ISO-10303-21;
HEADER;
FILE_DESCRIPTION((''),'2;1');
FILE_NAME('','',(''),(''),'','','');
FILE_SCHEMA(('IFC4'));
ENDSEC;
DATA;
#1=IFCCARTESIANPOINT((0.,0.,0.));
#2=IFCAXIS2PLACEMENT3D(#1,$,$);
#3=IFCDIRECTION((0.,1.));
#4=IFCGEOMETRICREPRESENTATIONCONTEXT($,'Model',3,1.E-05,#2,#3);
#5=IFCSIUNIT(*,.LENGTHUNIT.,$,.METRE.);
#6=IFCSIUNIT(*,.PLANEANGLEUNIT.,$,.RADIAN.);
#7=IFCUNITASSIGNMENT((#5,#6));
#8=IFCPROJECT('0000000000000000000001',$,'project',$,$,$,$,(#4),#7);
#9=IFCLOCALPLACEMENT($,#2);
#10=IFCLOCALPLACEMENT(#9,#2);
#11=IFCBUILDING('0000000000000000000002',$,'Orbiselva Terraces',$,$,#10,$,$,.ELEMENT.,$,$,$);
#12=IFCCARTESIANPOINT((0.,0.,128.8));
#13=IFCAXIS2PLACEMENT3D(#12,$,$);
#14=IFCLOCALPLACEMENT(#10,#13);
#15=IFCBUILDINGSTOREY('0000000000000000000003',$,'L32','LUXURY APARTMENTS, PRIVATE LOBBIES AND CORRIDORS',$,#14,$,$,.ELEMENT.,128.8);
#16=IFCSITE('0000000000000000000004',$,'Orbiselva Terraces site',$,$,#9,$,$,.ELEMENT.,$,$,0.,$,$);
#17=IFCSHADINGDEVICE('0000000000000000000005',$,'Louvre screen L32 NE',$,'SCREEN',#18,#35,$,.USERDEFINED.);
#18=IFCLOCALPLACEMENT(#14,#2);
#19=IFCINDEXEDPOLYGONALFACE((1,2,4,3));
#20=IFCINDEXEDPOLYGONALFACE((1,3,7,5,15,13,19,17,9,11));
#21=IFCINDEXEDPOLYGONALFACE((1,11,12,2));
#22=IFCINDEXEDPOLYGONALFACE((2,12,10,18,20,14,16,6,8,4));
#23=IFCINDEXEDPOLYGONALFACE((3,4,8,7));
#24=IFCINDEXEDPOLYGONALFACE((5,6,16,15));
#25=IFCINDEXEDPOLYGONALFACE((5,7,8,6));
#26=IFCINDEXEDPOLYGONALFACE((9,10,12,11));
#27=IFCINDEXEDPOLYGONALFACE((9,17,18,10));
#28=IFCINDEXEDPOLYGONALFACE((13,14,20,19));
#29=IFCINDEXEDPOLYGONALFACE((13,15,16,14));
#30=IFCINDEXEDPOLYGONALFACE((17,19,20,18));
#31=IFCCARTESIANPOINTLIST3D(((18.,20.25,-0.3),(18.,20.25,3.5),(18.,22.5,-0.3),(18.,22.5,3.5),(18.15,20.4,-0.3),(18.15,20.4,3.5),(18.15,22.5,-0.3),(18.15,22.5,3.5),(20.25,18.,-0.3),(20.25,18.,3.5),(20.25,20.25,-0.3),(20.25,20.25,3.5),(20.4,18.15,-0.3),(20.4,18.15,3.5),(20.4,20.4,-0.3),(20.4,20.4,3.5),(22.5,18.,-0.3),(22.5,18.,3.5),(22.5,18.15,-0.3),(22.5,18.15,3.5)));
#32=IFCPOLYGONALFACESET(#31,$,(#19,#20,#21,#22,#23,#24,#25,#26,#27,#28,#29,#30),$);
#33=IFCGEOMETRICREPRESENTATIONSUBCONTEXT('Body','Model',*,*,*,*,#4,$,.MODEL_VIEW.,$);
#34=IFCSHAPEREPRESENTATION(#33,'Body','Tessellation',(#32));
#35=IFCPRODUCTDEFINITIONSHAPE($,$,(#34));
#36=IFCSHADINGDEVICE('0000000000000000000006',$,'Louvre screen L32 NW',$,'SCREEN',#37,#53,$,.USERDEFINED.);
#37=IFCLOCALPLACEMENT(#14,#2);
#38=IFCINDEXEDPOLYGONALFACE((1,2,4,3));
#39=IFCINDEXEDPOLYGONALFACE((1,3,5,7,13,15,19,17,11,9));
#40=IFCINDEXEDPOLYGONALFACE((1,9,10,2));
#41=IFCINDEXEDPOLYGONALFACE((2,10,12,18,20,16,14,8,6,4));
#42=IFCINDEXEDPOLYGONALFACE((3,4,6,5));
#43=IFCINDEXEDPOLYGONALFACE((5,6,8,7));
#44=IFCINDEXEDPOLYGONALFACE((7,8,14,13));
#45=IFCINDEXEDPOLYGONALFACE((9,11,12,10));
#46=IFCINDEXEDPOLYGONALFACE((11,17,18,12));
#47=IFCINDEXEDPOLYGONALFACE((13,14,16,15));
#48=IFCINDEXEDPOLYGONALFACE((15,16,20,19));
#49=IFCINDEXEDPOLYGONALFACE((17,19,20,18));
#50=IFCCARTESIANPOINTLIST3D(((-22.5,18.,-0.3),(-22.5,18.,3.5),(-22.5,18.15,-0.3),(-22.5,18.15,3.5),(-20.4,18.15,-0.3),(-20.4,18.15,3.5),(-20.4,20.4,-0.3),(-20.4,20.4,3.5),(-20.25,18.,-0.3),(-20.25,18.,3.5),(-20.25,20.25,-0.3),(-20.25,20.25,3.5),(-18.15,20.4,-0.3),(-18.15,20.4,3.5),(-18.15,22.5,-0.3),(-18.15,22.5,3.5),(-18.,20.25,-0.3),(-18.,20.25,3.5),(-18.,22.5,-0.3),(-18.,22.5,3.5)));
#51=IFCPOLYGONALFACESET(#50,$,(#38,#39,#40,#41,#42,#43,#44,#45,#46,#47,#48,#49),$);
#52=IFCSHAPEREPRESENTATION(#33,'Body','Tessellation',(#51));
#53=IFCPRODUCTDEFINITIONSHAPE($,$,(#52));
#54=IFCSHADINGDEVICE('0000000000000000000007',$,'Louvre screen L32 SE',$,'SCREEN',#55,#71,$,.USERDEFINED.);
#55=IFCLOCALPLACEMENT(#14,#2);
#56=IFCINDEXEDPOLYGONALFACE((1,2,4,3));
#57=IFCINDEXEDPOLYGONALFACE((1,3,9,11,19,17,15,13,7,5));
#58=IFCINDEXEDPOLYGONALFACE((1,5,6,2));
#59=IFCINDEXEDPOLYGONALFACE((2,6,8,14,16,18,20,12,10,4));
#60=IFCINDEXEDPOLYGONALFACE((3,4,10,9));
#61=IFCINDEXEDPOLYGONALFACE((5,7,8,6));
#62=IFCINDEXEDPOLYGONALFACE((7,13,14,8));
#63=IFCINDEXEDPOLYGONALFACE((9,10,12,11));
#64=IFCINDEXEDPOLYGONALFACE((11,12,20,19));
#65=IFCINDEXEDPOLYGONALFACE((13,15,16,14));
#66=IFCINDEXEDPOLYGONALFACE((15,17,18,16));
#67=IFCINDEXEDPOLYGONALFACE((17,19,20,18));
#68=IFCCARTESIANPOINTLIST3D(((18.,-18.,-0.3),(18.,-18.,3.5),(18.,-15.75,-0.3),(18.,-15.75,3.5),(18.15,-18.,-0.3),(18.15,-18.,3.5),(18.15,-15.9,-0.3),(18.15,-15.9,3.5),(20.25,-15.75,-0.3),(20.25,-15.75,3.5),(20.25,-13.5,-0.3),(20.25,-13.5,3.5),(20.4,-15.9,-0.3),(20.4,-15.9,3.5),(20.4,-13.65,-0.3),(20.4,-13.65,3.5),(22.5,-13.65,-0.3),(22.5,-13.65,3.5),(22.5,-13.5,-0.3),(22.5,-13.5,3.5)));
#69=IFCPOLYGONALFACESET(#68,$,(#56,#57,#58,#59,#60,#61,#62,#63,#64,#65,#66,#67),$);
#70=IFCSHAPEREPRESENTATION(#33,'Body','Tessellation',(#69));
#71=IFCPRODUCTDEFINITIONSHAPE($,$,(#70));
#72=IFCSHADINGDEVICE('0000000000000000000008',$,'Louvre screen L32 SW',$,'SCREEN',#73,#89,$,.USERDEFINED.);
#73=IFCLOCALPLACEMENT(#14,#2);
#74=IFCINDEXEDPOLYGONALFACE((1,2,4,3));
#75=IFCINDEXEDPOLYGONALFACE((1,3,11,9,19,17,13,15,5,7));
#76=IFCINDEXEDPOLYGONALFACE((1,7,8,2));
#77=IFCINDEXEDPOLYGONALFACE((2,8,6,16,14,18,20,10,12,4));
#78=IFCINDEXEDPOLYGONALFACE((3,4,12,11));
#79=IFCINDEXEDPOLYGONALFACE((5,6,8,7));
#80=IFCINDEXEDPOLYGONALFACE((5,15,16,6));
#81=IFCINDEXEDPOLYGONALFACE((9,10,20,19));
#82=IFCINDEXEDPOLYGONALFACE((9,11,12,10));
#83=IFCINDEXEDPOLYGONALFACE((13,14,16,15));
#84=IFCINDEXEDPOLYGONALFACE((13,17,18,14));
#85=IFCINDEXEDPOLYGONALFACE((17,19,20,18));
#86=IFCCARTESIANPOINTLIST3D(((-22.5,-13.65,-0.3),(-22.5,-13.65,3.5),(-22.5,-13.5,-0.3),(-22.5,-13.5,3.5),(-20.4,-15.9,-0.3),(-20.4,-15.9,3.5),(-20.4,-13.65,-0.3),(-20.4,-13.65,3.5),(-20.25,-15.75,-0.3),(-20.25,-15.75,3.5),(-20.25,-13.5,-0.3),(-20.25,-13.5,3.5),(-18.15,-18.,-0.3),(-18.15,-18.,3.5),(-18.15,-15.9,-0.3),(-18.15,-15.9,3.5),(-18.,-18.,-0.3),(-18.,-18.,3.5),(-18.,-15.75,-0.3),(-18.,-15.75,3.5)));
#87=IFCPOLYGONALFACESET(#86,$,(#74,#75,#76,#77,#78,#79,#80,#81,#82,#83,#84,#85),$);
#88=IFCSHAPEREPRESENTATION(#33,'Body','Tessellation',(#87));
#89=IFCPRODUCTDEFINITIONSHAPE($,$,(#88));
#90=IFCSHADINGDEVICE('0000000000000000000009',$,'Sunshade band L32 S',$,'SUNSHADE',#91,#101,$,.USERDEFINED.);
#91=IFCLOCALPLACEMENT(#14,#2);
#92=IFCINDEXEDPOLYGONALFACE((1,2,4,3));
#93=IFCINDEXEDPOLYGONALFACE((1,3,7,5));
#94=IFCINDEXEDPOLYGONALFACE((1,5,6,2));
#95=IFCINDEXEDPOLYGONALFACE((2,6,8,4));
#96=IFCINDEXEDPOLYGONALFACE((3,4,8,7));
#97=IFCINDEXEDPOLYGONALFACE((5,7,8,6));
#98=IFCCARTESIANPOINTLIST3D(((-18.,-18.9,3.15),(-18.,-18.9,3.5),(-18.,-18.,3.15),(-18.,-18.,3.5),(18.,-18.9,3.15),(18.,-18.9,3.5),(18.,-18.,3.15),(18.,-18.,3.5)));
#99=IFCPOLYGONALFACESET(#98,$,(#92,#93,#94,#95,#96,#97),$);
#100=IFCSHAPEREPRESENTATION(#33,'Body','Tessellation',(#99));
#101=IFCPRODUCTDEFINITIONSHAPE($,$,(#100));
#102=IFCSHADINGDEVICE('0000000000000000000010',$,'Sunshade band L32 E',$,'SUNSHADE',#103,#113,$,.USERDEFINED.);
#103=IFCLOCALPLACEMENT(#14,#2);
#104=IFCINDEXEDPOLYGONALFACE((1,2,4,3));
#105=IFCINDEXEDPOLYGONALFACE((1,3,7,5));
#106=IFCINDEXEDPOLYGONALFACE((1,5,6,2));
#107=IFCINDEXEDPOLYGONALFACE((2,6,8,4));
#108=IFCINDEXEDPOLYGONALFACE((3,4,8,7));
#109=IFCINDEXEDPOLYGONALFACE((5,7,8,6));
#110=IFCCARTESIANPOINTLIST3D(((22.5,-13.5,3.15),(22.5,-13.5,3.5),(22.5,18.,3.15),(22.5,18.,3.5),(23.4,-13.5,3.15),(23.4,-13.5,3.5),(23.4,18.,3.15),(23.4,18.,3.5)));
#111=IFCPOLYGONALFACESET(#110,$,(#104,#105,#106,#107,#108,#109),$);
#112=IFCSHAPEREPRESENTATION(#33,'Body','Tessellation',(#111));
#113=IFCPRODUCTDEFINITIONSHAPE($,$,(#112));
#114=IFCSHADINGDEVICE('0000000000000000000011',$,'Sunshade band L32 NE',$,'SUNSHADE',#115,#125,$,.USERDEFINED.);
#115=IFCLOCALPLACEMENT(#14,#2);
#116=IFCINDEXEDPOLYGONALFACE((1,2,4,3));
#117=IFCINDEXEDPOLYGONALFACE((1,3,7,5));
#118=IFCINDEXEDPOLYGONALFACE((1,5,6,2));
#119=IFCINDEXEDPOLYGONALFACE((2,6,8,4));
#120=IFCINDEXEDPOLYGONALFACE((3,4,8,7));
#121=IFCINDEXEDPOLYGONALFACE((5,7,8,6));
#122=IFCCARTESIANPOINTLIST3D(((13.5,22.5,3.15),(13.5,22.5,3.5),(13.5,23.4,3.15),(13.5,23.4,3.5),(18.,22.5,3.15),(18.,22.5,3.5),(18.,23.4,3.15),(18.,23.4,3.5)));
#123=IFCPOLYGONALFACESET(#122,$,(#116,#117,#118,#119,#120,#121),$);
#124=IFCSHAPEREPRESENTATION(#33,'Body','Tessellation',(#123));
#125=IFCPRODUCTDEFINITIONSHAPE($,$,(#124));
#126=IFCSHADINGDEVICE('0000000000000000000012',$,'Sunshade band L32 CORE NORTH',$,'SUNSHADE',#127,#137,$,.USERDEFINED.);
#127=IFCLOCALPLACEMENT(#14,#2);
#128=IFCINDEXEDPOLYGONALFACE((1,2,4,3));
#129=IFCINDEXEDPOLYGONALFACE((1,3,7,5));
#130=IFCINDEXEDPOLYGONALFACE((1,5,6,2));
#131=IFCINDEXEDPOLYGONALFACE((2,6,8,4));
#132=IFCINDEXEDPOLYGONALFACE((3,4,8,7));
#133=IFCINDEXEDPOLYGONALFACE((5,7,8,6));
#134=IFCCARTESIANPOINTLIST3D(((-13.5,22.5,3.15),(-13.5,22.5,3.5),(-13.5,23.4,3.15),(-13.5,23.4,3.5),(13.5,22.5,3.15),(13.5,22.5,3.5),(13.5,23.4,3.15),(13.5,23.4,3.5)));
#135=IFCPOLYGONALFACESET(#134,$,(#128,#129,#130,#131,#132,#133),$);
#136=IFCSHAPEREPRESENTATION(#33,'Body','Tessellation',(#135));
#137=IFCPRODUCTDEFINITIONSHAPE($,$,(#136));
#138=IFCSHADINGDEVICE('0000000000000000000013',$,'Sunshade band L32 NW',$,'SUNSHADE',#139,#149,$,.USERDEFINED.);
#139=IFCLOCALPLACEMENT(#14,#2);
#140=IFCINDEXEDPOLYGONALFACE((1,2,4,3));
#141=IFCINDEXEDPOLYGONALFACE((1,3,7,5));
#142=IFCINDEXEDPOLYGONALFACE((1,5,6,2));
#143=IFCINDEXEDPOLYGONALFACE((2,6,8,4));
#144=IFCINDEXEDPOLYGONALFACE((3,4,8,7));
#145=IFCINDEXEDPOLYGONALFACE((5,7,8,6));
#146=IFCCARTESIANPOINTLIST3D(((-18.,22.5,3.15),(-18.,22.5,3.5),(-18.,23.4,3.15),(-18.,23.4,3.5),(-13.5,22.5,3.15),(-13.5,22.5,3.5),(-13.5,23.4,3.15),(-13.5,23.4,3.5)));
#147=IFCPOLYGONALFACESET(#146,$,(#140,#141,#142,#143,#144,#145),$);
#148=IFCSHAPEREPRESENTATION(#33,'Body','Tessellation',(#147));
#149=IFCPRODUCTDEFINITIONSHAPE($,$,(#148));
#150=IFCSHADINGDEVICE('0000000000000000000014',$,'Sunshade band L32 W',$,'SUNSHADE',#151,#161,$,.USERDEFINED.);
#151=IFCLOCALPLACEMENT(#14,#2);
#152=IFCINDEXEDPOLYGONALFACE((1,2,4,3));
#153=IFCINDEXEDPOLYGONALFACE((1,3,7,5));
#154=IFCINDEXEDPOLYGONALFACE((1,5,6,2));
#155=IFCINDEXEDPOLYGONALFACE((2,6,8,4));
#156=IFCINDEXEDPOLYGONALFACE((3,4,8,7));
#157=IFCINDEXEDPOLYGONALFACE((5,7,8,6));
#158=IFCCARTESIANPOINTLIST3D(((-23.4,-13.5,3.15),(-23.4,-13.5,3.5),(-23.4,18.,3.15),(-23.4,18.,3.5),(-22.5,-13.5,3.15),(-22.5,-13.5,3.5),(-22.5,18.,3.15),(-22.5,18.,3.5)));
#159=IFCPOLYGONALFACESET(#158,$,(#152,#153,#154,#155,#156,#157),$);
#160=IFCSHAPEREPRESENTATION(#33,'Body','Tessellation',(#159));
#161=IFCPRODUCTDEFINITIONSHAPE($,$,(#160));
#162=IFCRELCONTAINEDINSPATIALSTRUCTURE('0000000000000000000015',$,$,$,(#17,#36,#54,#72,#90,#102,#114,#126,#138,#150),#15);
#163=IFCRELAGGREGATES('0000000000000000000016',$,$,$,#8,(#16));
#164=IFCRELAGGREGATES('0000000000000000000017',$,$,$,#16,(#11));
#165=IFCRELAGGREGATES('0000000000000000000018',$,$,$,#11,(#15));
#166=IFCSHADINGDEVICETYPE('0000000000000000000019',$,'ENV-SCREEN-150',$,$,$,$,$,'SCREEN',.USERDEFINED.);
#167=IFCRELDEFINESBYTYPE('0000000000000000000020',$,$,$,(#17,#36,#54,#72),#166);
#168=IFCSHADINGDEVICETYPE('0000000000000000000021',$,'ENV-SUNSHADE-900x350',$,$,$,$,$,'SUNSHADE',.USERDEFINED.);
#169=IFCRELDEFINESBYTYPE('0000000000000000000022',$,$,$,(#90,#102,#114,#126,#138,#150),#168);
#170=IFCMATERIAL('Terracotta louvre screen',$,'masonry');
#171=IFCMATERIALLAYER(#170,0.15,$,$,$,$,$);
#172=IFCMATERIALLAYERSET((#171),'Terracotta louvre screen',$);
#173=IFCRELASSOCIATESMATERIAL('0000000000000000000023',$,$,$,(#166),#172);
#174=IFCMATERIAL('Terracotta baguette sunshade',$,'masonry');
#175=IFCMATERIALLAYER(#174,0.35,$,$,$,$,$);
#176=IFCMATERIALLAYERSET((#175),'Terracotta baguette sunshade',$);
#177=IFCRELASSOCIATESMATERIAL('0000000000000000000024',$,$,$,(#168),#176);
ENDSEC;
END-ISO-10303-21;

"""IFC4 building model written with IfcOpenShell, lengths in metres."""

from ifc_helpers import new_model, si_unit, direction, frame, origin, place, context, subcontext, project, spatial, polyline, outline, extrude, material, layer, layer_set, type_object, element, save


model = new_model("IFC4")

# Units and contexts
model_context = context("Model", 3, precision=1e-05, world=origin(), true_north=direction((0.0, 1.0)))
body_context = subcontext(model_context, "Body", "Model", "MODEL_VIEW")
ifc_project = project(units=[si_unit("LENGTHUNIT", "METRE"), si_unit("PLANEANGLEUNIT", "RADIAN")], contexts=[model_context])

# Site, building, storey
site_placement = place(None, origin())
site = spatial("IfcSite", under=ifc_project, at=site_placement, Name="Orbiselva Terraces site", CompositionType="ELEMENT", RefElevation=0.0)
building_placement = place(site_placement, origin())
building = spatial("IfcBuilding", under=site, at=building_placement, Name="Orbiselva Terraces", CompositionType="ELEMENT")
storey_placement = place(building_placement, frame((0.0, 0.0, 128.8)))
storey = spatial("IfcBuildingStorey", under=building, at=storey_placement, Name="L32", Description="LUXURY APARTMENTS, PRIVATE LOBBIES AND CORRIDORS", CompositionType="ELEMENT", Elevation=128.8)

# Shading devices
ifc_material_1 = material(Name="Terracotta louvre screen", Category="masonry")
ifc_layer_1 = layer(ifc_material_1, 0.15)
ifc_layer_set_1 = layer_set([ifc_layer_1], Name="Terracotta louvre screen")
shading_device_type_1 = type_object("IfcShadingDeviceType", Name="ENV-SCREEN-150", ElementType="SCREEN", PredefinedType="USERDEFINED", material=ifc_layer_set_1)
shading_device_1_placement = place(storey_placement, frame((0.0, 0.0, -0.3)))
element("IfcShadingDevice", 1, at=shading_device_1_placement, inside=storey, type_object=shading_device_type_1, Name="Louvre screen L32 NE", ObjectType="SCREEN", PredefinedType="USERDEFINED", context=body_context, shape_type="SweptSolid", body=[
    extrude(outline(polyline([(22.5, 18.15), (20.4, 18.15), (20.4, 20.4), (18.15, 20.4), (18.15, 22.5), (18.0, 22.5), (18.0, 20.25), (20.25, 20.25), (20.25, 18.0), (22.5, 18.0), (22.5, 18.15)])), origin(), (0.0, 0.0, 1.0), 3.8),
])
shading_device_2_placement = place(storey_placement, frame((0.0, 0.0, -0.3)))
element("IfcShadingDevice", 2, at=shading_device_2_placement, inside=storey, type_object=shading_device_type_1, Name="Louvre screen L32 NW", ObjectType="SCREEN", PredefinedType="USERDEFINED", context=body_context, shape_type="SweptSolid", body=[
    extrude(outline(polyline([(-18.15, 22.5), (-18.15, 20.4), (-20.4, 20.4), (-20.4, 18.15), (-22.5, 18.15), (-22.5, 18.0), (-20.25, 18.0), (-20.25, 20.25), (-18.0, 20.25), (-18.0, 22.5), (-18.15, 22.5)])), origin(), (0.0, 0.0, 1.0), 3.8),
])
shading_device_3_placement = place(storey_placement, frame((0.0, 0.0, -0.3)))
element("IfcShadingDevice", 3, at=shading_device_3_placement, inside=storey, type_object=shading_device_type_1, Name="Louvre screen L32 SE", ObjectType="SCREEN", PredefinedType="USERDEFINED", context=body_context, shape_type="SweptSolid", body=[
    extrude(outline(polyline([(18.15, -18.0), (18.15, -15.9), (20.4, -15.9), (20.4, -13.65), (22.5, -13.65), (22.5, -13.5), (20.25, -13.5), (20.25, -15.75), (18.0, -15.75), (18.0, -18.0), (18.15, -18.0)])), origin(), (0.0, 0.0, 1.0), 3.8),
])
shading_device_4_placement = place(storey_placement, frame((0.0, 0.0, -0.3)))
element("IfcShadingDevice", 4, at=shading_device_4_placement, inside=storey, type_object=shading_device_type_1, Name="Louvre screen L32 SW", ObjectType="SCREEN", PredefinedType="USERDEFINED", context=body_context, shape_type="SweptSolid", body=[
    extrude(outline(polyline([(-22.5, -13.65), (-20.4, -13.65), (-20.4, -15.9), (-18.15, -15.9), (-18.15, -18.0), (-18.0, -18.0), (-18.0, -15.75), (-20.25, -15.75), (-20.25, -13.5), (-22.5, -13.5), (-22.5, -13.65)])), origin(), (0.0, 0.0, 1.0), 3.8),
])
ifc_material_2 = material(Name="Terracotta baguette sunshade", Category="masonry")
ifc_layer_2 = layer(ifc_material_2, 0.35)
ifc_layer_set_2 = layer_set([ifc_layer_2], Name="Terracotta baguette sunshade")
shading_device_type_2 = type_object("IfcShadingDeviceType", Name="ENV-SUNSHADE-900x350", ElementType="SUNSHADE", PredefinedType="USERDEFINED", material=ifc_layer_set_2)
shading_device_5_placement = place(storey_placement, frame((0.0, 0.0, 3.15)))
element("IfcShadingDevice", 5, at=shading_device_5_placement, inside=storey, type_object=shading_device_type_2, Name="Sunshade band L32 S", ObjectType="SUNSHADE", PredefinedType="USERDEFINED", context=body_context, shape_type="SweptSolid", body=[
    extrude(outline(polyline([(-18.0, -18.9), (18.0, -18.9), (18.0, -18.0), (-18.0, -18.0), (-18.0, -18.9)])), origin(), (0.0, 0.0, 1.0), 0.35),
])
shading_device_6_placement = place(storey_placement, frame((0.0, 0.0, 3.15)))
element("IfcShadingDevice", 6, at=shading_device_6_placement, inside=storey, type_object=shading_device_type_2, Name="Sunshade band L32 E", ObjectType="SUNSHADE", PredefinedType="USERDEFINED", context=body_context, shape_type="SweptSolid", body=[
    extrude(outline(polyline([(23.4, -13.5), (23.4, 18.0), (22.5, 18.0), (22.5, -13.5), (23.4, -13.5)])), origin(), (0.0, 0.0, 1.0), 0.35),
])
shading_device_7_placement = place(storey_placement, frame((0.0, 0.0, 3.15)))
element("IfcShadingDevice", 7, at=shading_device_7_placement, inside=storey, type_object=shading_device_type_2, Name="Sunshade band L32 NE", ObjectType="SUNSHADE", PredefinedType="USERDEFINED", context=body_context, shape_type="SweptSolid", body=[
    extrude(outline(polyline([(18.0, 23.4), (13.5, 23.4), (13.5, 22.5), (18.0, 22.5), (18.0, 23.4)])), origin(), (0.0, 0.0, 1.0), 0.35),
])
shading_device_8_placement = place(storey_placement, frame((0.0, 0.0, 3.15)))
element("IfcShadingDevice", 8, at=shading_device_8_placement, inside=storey, type_object=shading_device_type_2, Name="Sunshade band L32 CORE NORTH", ObjectType="SUNSHADE", PredefinedType="USERDEFINED", context=body_context, shape_type="SweptSolid", body=[
    extrude(outline(polyline([(13.5, 23.4), (-13.5, 23.4), (-13.5, 22.5), (13.5, 22.5), (13.5, 23.4)])), origin(), (0.0, 0.0, 1.0), 0.35),
])
shading_device_9_placement = place(storey_placement, frame((0.0, 0.0, 3.15)))
element("IfcShadingDevice", 9, at=shading_device_9_placement, inside=storey, type_object=shading_device_type_2, Name="Sunshade band L32 NW", ObjectType="SUNSHADE", PredefinedType="USERDEFINED", context=body_context, shape_type="SweptSolid", body=[
    extrude(outline(polyline([(-13.5, 23.4), (-18.0, 23.4), (-18.0, 22.5), (-13.5, 22.5), (-13.5, 23.4)])), origin(), (0.0, 0.0, 1.0), 0.35),
])
shading_device_10_placement = place(storey_placement, frame((0.0, 0.0, 3.15)))
element("IfcShadingDevice", 10, at=shading_device_10_placement, inside=storey, type_object=shading_device_type_2, Name="Sunshade band L32 W", ObjectType="SUNSHADE", PredefinedType="USERDEFINED", context=body_context, shape_type="SweptSolid", body=[
    extrude(outline(polyline([(-23.4, 18.0), (-23.4, -13.5), (-22.5, -13.5), (-22.5, 18.0), (-23.4, 18.0)])), origin(), (0.0, 0.0, 1.0), 0.35),
])

save(model, "model.ifc")
